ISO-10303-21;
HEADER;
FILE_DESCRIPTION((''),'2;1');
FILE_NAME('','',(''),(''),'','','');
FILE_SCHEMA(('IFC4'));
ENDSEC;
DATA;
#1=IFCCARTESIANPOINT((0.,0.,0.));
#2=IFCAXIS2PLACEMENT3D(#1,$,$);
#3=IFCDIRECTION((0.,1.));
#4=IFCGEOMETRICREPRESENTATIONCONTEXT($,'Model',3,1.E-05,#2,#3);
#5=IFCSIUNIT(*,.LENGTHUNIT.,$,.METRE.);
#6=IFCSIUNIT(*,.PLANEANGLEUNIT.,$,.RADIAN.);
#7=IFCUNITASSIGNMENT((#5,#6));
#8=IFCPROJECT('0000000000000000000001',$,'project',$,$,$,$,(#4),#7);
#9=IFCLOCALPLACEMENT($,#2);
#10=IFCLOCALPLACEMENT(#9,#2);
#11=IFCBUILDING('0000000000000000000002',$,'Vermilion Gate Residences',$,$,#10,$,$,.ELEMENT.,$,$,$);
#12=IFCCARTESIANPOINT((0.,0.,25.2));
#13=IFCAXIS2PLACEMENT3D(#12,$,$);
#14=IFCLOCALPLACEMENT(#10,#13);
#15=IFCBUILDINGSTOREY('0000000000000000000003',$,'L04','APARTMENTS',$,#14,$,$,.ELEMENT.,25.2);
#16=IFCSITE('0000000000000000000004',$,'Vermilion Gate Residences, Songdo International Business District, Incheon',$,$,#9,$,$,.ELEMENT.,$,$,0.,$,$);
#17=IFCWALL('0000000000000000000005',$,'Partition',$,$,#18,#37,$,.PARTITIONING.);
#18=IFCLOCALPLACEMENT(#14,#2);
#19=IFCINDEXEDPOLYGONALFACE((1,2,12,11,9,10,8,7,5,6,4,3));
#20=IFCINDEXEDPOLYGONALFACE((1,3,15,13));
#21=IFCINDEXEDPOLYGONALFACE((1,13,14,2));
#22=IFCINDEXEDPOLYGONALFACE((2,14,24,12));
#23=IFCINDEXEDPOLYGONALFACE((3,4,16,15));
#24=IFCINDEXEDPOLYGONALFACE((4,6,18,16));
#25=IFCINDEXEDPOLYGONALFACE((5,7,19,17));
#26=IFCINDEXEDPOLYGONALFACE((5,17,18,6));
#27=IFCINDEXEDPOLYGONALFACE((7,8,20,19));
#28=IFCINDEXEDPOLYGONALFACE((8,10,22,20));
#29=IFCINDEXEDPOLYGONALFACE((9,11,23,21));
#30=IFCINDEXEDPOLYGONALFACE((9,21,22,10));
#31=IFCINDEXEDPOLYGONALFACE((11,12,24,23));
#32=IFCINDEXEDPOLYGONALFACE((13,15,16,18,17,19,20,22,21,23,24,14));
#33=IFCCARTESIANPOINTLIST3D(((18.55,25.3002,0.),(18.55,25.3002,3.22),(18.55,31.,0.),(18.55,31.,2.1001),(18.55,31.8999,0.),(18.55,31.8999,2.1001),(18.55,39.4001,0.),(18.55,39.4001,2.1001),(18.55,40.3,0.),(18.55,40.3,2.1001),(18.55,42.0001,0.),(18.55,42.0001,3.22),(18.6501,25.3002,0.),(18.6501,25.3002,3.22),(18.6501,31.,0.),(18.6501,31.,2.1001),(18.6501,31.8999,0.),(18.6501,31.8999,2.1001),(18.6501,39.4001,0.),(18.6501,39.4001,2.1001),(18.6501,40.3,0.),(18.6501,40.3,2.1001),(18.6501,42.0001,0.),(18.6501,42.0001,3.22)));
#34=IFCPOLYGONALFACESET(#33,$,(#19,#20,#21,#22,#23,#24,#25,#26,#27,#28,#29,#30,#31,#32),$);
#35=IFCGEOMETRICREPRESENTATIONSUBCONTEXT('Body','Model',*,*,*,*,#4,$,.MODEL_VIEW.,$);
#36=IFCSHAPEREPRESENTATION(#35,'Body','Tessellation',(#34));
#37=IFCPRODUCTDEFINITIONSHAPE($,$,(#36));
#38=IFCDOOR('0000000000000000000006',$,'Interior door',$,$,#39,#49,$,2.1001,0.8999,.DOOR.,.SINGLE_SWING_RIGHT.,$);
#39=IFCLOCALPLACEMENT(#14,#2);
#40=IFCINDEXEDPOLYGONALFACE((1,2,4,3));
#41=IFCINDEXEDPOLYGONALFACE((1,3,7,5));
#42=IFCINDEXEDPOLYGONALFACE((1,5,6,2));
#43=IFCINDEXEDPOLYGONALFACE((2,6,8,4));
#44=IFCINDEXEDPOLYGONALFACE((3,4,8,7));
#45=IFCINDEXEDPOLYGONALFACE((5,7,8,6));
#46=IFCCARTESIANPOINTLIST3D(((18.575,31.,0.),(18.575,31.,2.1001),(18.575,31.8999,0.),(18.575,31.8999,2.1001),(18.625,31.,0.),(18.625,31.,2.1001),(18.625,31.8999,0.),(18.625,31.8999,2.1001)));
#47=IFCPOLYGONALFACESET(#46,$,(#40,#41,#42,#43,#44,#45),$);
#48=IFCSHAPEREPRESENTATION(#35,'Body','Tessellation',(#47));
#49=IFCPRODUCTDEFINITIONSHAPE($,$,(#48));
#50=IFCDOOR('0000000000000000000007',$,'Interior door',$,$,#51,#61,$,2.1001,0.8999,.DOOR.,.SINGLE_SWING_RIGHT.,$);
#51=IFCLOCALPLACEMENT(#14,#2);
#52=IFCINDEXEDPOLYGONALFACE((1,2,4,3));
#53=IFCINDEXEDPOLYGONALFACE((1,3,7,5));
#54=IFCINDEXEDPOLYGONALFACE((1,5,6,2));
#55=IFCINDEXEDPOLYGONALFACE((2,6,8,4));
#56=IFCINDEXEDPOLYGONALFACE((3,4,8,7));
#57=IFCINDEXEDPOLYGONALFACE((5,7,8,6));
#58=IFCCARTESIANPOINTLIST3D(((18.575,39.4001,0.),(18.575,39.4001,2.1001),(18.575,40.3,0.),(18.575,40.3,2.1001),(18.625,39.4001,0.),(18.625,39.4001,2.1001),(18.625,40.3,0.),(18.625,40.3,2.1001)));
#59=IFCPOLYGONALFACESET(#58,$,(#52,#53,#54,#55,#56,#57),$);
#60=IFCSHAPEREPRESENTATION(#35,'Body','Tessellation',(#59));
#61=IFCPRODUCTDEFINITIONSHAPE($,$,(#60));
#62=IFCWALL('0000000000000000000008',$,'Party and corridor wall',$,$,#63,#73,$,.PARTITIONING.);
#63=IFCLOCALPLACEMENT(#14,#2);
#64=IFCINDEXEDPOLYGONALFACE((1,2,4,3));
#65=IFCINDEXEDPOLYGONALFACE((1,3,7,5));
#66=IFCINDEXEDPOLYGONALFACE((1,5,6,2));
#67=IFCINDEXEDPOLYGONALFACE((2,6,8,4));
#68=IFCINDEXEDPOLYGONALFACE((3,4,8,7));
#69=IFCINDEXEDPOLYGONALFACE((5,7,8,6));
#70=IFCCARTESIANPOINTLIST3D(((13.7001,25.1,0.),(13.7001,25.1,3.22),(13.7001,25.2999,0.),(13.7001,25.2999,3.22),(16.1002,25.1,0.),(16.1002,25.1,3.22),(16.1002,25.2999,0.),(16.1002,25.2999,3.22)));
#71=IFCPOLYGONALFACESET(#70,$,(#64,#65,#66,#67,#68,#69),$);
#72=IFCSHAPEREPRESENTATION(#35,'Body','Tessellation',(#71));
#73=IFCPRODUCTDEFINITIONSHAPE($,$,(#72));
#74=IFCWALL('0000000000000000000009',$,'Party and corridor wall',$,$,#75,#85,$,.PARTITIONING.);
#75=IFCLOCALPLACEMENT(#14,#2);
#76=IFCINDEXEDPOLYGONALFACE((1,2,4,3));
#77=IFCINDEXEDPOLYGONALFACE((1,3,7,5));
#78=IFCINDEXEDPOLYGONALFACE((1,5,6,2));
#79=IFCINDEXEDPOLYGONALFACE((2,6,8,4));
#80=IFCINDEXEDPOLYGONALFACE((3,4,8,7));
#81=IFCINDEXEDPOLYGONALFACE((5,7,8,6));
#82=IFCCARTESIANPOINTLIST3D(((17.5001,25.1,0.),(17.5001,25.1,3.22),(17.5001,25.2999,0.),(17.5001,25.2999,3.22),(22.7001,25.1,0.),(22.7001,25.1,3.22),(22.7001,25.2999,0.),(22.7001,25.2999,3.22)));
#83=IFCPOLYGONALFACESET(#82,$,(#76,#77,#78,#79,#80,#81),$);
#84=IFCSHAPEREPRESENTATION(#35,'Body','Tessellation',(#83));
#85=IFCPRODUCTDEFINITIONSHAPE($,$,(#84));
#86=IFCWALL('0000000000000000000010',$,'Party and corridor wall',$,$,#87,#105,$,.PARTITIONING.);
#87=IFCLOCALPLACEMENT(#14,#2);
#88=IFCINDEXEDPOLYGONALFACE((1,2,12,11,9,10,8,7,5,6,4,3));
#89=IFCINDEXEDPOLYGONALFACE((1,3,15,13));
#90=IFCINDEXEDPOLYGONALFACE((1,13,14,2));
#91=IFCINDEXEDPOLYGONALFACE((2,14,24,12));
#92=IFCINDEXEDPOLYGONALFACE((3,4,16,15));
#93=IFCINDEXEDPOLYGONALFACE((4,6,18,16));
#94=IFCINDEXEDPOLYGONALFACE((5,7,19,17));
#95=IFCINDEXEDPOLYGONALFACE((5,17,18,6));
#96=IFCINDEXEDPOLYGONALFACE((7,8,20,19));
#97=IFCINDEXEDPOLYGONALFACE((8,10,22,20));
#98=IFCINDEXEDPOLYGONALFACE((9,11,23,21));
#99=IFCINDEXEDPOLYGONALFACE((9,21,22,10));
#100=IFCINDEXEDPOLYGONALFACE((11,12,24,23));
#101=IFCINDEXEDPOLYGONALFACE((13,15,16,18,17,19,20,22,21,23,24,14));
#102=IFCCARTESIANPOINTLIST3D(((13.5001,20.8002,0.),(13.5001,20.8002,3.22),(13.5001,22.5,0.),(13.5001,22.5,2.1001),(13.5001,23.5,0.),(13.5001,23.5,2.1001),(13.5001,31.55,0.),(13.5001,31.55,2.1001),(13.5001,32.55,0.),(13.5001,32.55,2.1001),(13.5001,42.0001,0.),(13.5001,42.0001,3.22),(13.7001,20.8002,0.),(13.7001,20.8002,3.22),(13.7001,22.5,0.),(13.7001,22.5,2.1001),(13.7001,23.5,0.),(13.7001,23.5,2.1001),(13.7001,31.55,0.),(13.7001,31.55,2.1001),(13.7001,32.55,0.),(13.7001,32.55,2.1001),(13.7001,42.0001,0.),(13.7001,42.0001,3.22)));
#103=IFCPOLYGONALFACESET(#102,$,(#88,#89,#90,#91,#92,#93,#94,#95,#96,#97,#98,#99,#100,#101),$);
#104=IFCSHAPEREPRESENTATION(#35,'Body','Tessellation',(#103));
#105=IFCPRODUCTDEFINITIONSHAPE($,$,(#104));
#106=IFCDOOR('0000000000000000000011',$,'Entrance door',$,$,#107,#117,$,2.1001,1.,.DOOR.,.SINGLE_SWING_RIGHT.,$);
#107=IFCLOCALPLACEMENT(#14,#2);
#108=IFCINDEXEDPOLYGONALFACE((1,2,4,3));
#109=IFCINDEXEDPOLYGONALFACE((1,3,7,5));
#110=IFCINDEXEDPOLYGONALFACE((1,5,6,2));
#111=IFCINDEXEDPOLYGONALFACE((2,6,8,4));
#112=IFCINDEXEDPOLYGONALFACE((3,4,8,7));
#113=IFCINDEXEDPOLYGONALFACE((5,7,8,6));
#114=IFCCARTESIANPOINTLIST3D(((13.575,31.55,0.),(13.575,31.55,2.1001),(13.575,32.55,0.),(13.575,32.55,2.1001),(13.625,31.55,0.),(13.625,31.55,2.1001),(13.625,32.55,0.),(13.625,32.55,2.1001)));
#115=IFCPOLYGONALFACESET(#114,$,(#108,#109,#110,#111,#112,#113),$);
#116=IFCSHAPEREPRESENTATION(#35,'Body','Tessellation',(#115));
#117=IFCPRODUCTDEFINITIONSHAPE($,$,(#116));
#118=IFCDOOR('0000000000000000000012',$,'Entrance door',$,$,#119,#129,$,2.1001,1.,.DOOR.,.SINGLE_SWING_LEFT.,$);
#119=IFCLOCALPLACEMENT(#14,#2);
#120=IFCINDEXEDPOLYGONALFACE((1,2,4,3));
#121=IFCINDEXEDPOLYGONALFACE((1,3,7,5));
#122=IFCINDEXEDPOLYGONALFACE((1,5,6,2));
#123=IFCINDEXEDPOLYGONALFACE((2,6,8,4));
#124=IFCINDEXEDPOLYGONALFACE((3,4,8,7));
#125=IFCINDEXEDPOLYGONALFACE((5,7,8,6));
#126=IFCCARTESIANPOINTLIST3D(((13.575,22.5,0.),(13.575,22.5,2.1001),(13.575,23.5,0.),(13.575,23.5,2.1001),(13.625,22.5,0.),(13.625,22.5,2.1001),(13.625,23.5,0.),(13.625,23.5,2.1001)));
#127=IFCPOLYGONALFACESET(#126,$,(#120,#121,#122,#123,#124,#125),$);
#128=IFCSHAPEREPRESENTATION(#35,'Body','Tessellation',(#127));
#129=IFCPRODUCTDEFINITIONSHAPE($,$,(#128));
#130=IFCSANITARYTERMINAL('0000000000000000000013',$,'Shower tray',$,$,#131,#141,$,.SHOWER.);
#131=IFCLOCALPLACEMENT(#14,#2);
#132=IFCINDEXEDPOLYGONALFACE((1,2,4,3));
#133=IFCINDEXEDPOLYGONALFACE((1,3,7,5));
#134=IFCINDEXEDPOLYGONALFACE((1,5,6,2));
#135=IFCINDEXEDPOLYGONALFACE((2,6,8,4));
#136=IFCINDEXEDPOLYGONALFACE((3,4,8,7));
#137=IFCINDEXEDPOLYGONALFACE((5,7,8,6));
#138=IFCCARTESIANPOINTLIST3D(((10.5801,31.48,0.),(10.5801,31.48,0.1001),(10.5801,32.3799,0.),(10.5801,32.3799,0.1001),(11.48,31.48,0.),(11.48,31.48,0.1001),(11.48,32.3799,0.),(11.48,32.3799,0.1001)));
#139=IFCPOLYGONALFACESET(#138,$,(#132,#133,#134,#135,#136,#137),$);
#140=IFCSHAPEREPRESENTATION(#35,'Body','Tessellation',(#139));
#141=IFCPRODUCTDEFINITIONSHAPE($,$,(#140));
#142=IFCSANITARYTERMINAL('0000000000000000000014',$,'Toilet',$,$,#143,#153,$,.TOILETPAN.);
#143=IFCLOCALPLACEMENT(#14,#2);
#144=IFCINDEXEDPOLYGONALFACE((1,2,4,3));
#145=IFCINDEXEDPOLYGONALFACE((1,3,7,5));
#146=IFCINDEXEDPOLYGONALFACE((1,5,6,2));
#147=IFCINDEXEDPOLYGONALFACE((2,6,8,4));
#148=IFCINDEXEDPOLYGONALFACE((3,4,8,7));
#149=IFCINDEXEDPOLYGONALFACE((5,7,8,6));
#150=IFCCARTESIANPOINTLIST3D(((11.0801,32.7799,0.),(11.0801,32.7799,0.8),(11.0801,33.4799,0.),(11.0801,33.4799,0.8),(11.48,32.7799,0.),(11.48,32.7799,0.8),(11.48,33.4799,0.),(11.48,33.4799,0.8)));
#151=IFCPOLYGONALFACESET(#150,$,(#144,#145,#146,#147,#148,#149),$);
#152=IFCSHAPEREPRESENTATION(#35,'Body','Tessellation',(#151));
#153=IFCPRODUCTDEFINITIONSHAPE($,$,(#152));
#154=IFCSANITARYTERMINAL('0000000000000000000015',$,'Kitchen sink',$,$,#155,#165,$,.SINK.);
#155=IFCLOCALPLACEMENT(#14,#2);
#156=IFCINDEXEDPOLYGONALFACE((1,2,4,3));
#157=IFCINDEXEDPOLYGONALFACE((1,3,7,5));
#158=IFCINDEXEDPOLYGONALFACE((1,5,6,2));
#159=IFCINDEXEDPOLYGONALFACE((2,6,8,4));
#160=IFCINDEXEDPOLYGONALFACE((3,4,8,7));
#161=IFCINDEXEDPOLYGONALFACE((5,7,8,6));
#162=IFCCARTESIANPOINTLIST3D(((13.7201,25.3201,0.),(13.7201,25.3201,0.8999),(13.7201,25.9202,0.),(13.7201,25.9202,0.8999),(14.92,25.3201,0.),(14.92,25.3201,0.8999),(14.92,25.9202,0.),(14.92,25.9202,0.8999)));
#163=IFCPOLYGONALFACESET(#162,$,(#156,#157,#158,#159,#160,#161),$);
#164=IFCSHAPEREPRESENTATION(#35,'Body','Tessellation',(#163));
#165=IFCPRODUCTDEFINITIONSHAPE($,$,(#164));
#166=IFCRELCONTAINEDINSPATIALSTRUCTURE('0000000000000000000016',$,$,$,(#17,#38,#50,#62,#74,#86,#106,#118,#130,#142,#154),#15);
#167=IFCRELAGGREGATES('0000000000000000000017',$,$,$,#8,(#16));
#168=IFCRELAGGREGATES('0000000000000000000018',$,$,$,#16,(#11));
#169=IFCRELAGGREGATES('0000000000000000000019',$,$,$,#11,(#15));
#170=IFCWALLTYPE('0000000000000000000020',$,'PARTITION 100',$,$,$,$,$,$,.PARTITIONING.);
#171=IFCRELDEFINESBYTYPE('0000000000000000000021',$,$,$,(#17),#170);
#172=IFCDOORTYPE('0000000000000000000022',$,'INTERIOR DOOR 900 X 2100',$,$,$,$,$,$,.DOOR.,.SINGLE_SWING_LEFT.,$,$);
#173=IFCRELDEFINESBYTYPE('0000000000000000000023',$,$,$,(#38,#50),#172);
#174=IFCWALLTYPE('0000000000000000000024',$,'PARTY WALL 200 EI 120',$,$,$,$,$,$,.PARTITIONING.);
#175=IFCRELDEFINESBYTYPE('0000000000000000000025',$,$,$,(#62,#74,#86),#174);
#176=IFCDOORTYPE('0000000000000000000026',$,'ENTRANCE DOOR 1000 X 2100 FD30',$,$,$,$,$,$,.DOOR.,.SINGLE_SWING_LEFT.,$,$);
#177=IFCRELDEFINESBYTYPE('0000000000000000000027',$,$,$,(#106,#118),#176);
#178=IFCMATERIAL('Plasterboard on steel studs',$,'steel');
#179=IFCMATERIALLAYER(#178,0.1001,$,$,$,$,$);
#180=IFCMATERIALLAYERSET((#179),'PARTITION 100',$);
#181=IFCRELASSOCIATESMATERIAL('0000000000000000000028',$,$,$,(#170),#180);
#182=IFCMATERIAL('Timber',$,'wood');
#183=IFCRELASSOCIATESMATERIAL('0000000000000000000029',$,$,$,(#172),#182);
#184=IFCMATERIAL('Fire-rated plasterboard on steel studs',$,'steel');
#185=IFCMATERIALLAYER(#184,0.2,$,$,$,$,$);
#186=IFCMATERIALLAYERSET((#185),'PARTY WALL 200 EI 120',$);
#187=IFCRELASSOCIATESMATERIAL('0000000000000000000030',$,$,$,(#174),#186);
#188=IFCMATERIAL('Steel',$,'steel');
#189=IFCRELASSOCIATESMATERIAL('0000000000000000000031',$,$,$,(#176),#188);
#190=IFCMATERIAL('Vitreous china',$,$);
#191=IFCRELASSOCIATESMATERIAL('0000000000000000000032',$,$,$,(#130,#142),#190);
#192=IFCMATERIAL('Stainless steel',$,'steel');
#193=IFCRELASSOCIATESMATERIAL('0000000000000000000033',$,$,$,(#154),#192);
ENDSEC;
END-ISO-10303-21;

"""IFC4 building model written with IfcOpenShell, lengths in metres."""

from ifc_helpers import new_model, si_unit, direction, frame, frame_2d, origin, origin_2d, place, context, subcontext, project, spatial, rectangle, extrude, material, layer, layer_set, type_object, element, fill, save


model = new_model("IFC4")

# Units and contexts
model_context = context("Model", 3, precision=1e-05, world=origin(), true_north=direction((0.0, 1.0)))
body_context = subcontext(model_context, "Body", "Model", "MODEL_VIEW")
ifc_project = project(units=[si_unit("LENGTHUNIT", "METRE"), si_unit("PLANEANGLEUNIT", "RADIAN")], contexts=[model_context])

# Site, building, storey
site_placement = place(None, origin())
site = spatial("IfcSite", under=ifc_project, at=site_placement, Name="Vermilion Gate Residences, Songdo International Business District, Incheon", CompositionType="ELEMENT", RefElevation=0.0)
building_placement = place(site_placement, origin())
building = spatial("IfcBuilding", under=site, at=building_placement, Name="Vermilion Gate Residences", CompositionType="ELEMENT")
storey_placement = place(building_placement, frame((0.0, 0.0, 25.2)))
storey = spatial("IfcBuildingStorey", under=building, at=storey_placement, Name="L04", Description="APARTMENTS", CompositionType="ELEMENT", Elevation=25.2)

# Shared definitions
ifc_material_1 = material(Name="Plasterboard on steel studs", Category="steel")
ifc_layer_1 = layer(ifc_material_1, 0.1001)
ifc_layer_set_1 = layer_set([ifc_layer_1], Name="PARTITION 100")
wall_type_1 = type_object("IfcWallType", Name="PARTITION 100", PredefinedType="PARTITIONING", material=ifc_layer_set_1)

# Wall, openings, doors
ifc_material_2 = material(Name="Timber", Category="wood")
door_type_1 = type_object("IfcDoorType", Name="INTERIOR DOOR 900 X 2100", OperationType="SINGLE_SWING_LEFT", PredefinedType="DOOR", material=ifc_material_2)
wall_1_placement = place(storey_placement, frame((18.6001, 25.3, 0.0), z_axis=(0.0, 0.0, 1.0), x_axis=(0.0, 1.0, 0.0)))
wall_1 = element("IfcWall", 1, at=wall_1_placement, inside=storey, type_object=wall_type_1, Name="Partition", PredefinedType="PARTITIONING", context=body_context, shape_type="SweptSolid", body=[
    extrude(rectangle(XDim=16.7, YDim=0.1001, at=frame_2d((8.3501, 0.0))), origin(), (0.0, 0.0, 1.0), 3.22),
])
opening_1_placement = place(wall_1_placement, frame((5.7, 0.0, 0.0)))
opening_1 = element("IfcOpeningElement", 2, at=opening_1_placement, cuts=wall_1, PredefinedType="OPENING", context=body_context, shape_type="SweptSolid", body=[
    extrude(rectangle(XDim=0.8999, YDim=2.1001, at=frame_2d((0.45, 1.05))), frame((0.0, 0.0601, 0.0), z_axis=(0.0, -1.0, 0.0), x_axis=(1.0, 0.0, 0.0)), (0.0, 0.0, 1.0), 0.1201),
])
opening_2_placement = place(wall_1_placement, frame((14.1001, 0.0, 0.0)))
opening_2 = element("IfcOpeningElement", 3, at=opening_2_placement, cuts=wall_1, PredefinedType="OPENING", context=body_context, shape_type="SweptSolid", body=[
    extrude(rectangle(XDim=0.8999, YDim=2.1001, at=frame_2d((0.45, 1.05))), frame((0.0, 0.0601, 0.0), z_axis=(0.0, -1.0, 0.0), x_axis=(1.0, 0.0, 0.0)), (0.0, 0.0, 1.0), 0.1201),
])
door_1_placement = place(opening_1_placement, frame((0.8999, 0.0, 0.0), z_axis=(0.0, 0.0, 1.0), x_axis=(-1.0, 0.0, 0.0)))
door_1 = element("IfcDoor", 4, at=door_1_placement, inside=storey, type_object=door_type_1, Name="Interior door", OperationType="SINGLE_SWING_RIGHT", OverallHeight=2.1001, OverallWidth=0.8999, PredefinedType="DOOR", context=body_context, shape_type="SweptSolid", body=[
    extrude(rectangle(XDim=0.8999, YDim=2.1001, at=frame_2d((0.45, 1.05))), frame((0.0, 0.0249, 0.0), z_axis=(0.0, -1.0, 0.0), x_axis=(1.0, 0.0, 0.0)), (0.0, 0.0, 1.0), 0.05),
])
fill(opening_1, door_1)
door_2_placement = place(opening_2_placement, frame((0.8999, 0.0, 0.0), z_axis=(0.0, 0.0, 1.0), x_axis=(-1.0, 0.0, 0.0)))
door_2 = element("IfcDoor", 5, at=door_2_placement, inside=storey, type_object=door_type_1, Name="Interior door", OperationType="SINGLE_SWING_RIGHT", OverallHeight=2.1001, OverallWidth=0.8999, PredefinedType="DOOR", context=body_context, shape_type="SweptSolid", body=[
    extrude(rectangle(XDim=0.8999, YDim=2.1001, at=frame_2d((0.45, 1.05))), frame((0.0, 0.0249, 0.0), z_axis=(0.0, -1.0, 0.0), x_axis=(1.0, 0.0, 0.0)), (0.0, 0.0, 1.0), 0.05),
])
fill(opening_2, door_2)

# Walls
ifc_material_3 = material(Name="Fire-rated plasterboard on steel studs", Category="steel")
ifc_layer_2 = layer(ifc_material_3, 0.2)
ifc_layer_set_2 = layer_set([ifc_layer_2], Name="PARTY WALL 200 EI 120")
wall_type_2 = type_object("IfcWallType", Name="PARTY WALL 200 EI 120", PredefinedType="PARTITIONING", material=ifc_layer_set_2)
wall_2_placement = place(storey_placement, frame((13.7, 25.2, 0.0), z_axis=(0.0, 0.0, 1.0), x_axis=(1.0, 0.0, 0.0)))
element("IfcWall", 6, at=wall_2_placement, inside=storey, type_object=wall_type_2, Name="Party and corridor wall", PredefinedType="PARTITIONING", context=body_context, shape_type="SweptSolid", body=[
    extrude(rectangle(XDim=2.4001, YDim=0.2, at=frame_2d((1.2002, 0.0))), origin(), (0.0, 0.0, 1.0), 3.22),
])
wall_3_placement = place(storey_placement, frame((17.5, 25.2, 0.0), z_axis=(0.0, 0.0, 1.0), x_axis=(1.0, 0.0, 0.0)))
element("IfcWall", 7, at=wall_3_placement, inside=storey, type_object=wall_type_2, Name="Party and corridor wall", PredefinedType="PARTITIONING", context=body_context, shape_type="SweptSolid", body=[
    extrude(rectangle(XDim=5.2, YDim=0.2, at=frame_2d((2.6001, 0.0))), origin(), (0.0, 0.0, 1.0), 3.22),
])

# Wall, openings, doors
wall_4_placement = place(storey_placement, frame((13.6001, 20.8, 0.0), z_axis=(0.0, 0.0, 1.0), x_axis=(0.0, 1.0, 0.0)))
wall_4 = element("IfcWall", 8, at=wall_4_placement, inside=storey, type_object=wall_type_2, Name="Party and corridor wall", PredefinedType="PARTITIONING", context=body_context, shape_type="SweptSolid", body=[
    extrude(rectangle(XDim=21.2, YDim=0.2, at=frame_2d((10.6001, 0.0))), origin(), (0.0, 0.0, 1.0), 3.22),
])
opening_3_placement = place(wall_4_placement, frame((10.75, 0.0, 0.0)))
opening_3 = element("IfcOpeningElement", 9, at=opening_3_placement, cuts=wall_4, PredefinedType="OPENING", context=body_context, shape_type="SweptSolid", body=[
    extrude(rectangle(XDim=1.0, YDim=2.1001, at=frame_2d((0.5, 1.05))), frame((0.0, 0.1099, 0.0), z_axis=(0.0, -1.0, 0.0), x_axis=(1.0, 0.0, 0.0)), (0.0, 0.0, 1.0), 0.22),
])
opening_4_placement = place(wall_4_placement, frame((1.7, 0.0, 0.0)))
opening_4 = element("IfcOpeningElement", 10, at=opening_4_placement, cuts=wall_4, PredefinedType="OPENING", context=body_context, shape_type="SweptSolid", body=[
    extrude(rectangle(XDim=1.0, YDim=2.1001, at=frame_2d((0.5, 1.05))), frame((0.0, 0.1099, 0.0), z_axis=(0.0, -1.0, 0.0), x_axis=(1.0, 0.0, 0.0)), (0.0, 0.0, 1.0), 0.22),
])
ifc_material_4 = material(Name="Steel", Category="steel")
door_type_2 = type_object("IfcDoorType", Name="ENTRANCE DOOR 1000 X 2100 FD30", OperationType="SINGLE_SWING_LEFT", PredefinedType="DOOR", material=ifc_material_4)
door_3_placement = place(opening_3_placement, frame((1.0, 0.0, 0.0), z_axis=(0.0, 0.0, 1.0), x_axis=(-1.0, 0.0, 0.0)))
door_3 = element("IfcDoor", 11, at=door_3_placement, inside=storey, type_object=door_type_2, Name="Entrance door", OperationType="SINGLE_SWING_RIGHT", OverallHeight=2.1001, OverallWidth=1.0, PredefinedType="DOOR", context=body_context, shape_type="SweptSolid", body=[
    extrude(rectangle(XDim=1.0, YDim=2.1001, at=frame_2d((0.5, 1.05))), frame((0.0, 0.0249, 0.0), z_axis=(0.0, -1.0, 0.0), x_axis=(1.0, 0.0, 0.0)), (0.0, 0.0, 1.0), 0.05),
])
fill(opening_3, door_3)
door_4_placement = place(opening_4_placement, frame((1.0, 0.0, 0.0), z_axis=(0.0, 0.0, 1.0), x_axis=(-1.0, 0.0, 0.0)))
door_4 = element("IfcDoor", 12, at=door_4_placement, inside=storey, type_object=door_type_2, Name="Entrance door", OperationType="SINGLE_SWING_LEFT", OverallHeight=2.1001, OverallWidth=1.0, PredefinedType="DOOR", context=body_context, shape_type="SweptSolid", body=[
    extrude(rectangle(XDim=1.0, YDim=2.1001, at=frame_2d((0.5, 1.05))), frame((0.0, 0.0249, 0.0), z_axis=(0.0, -1.0, 0.0), x_axis=(1.0, 0.0, 0.0)), (0.0, 0.0, 1.0), 0.05),
])
fill(opening_4, door_4)

# Sanitary terminals
ifc_material_5 = material(Name="Vitreous china")
sanitary_terminal_1_placement = place(storey_placement, frame((11.03, 31.9299, 0.0), z_axis=(0.0, 0.0, 1.0), x_axis=(1.0, 0.0, 0.0)))
element("IfcSanitaryTerminal", 13, at=sanitary_terminal_1_placement, inside=storey, material=ifc_material_5, Name="Shower tray", PredefinedType="SHOWER", context=body_context, shape_type="SweptSolid", body=[
    extrude(rectangle(XDim=0.8999, YDim=0.8999, at=origin_2d()), origin(), (0.0, 0.0, 1.0), 0.1001),
])
sanitary_terminal_2_placement = place(storey_placement, frame((11.28, 33.1299, 0.0), z_axis=(0.0, 0.0, 1.0), x_axis=(1.0, 0.0, 0.0)))
element("IfcSanitaryTerminal", 14, at=sanitary_terminal_2_placement, inside=storey, material=ifc_material_5, Name="Toilet", PredefinedType="TOILETPAN", context=body_context, shape_type="SweptSolid", body=[
    extrude(rectangle(XDim=0.3999, YDim=0.7, at=origin_2d()), origin(), (0.0, 0.0, 1.0), 0.8),
])
ifc_material_6 = material(Name="Stainless steel", Category="steel")
sanitary_terminal_3_placement = place(storey_placement, frame((14.3201, 25.6201, 0.0), z_axis=(0.0, 0.0, 1.0), x_axis=(1.0, 0.0, 0.0)))
element("IfcSanitaryTerminal", 15, at=sanitary_terminal_3_placement, inside=storey, material=ifc_material_6, Name="Kitchen sink", PredefinedType="SINK", context=body_context, shape_type="SweptSolid", body=[
    extrude(rectangle(XDim=1.2, YDim=0.6001, at=origin_2d()), origin(), (0.0, 0.0, 1.0), 0.8999),
])

save(model, "model.ifc")
